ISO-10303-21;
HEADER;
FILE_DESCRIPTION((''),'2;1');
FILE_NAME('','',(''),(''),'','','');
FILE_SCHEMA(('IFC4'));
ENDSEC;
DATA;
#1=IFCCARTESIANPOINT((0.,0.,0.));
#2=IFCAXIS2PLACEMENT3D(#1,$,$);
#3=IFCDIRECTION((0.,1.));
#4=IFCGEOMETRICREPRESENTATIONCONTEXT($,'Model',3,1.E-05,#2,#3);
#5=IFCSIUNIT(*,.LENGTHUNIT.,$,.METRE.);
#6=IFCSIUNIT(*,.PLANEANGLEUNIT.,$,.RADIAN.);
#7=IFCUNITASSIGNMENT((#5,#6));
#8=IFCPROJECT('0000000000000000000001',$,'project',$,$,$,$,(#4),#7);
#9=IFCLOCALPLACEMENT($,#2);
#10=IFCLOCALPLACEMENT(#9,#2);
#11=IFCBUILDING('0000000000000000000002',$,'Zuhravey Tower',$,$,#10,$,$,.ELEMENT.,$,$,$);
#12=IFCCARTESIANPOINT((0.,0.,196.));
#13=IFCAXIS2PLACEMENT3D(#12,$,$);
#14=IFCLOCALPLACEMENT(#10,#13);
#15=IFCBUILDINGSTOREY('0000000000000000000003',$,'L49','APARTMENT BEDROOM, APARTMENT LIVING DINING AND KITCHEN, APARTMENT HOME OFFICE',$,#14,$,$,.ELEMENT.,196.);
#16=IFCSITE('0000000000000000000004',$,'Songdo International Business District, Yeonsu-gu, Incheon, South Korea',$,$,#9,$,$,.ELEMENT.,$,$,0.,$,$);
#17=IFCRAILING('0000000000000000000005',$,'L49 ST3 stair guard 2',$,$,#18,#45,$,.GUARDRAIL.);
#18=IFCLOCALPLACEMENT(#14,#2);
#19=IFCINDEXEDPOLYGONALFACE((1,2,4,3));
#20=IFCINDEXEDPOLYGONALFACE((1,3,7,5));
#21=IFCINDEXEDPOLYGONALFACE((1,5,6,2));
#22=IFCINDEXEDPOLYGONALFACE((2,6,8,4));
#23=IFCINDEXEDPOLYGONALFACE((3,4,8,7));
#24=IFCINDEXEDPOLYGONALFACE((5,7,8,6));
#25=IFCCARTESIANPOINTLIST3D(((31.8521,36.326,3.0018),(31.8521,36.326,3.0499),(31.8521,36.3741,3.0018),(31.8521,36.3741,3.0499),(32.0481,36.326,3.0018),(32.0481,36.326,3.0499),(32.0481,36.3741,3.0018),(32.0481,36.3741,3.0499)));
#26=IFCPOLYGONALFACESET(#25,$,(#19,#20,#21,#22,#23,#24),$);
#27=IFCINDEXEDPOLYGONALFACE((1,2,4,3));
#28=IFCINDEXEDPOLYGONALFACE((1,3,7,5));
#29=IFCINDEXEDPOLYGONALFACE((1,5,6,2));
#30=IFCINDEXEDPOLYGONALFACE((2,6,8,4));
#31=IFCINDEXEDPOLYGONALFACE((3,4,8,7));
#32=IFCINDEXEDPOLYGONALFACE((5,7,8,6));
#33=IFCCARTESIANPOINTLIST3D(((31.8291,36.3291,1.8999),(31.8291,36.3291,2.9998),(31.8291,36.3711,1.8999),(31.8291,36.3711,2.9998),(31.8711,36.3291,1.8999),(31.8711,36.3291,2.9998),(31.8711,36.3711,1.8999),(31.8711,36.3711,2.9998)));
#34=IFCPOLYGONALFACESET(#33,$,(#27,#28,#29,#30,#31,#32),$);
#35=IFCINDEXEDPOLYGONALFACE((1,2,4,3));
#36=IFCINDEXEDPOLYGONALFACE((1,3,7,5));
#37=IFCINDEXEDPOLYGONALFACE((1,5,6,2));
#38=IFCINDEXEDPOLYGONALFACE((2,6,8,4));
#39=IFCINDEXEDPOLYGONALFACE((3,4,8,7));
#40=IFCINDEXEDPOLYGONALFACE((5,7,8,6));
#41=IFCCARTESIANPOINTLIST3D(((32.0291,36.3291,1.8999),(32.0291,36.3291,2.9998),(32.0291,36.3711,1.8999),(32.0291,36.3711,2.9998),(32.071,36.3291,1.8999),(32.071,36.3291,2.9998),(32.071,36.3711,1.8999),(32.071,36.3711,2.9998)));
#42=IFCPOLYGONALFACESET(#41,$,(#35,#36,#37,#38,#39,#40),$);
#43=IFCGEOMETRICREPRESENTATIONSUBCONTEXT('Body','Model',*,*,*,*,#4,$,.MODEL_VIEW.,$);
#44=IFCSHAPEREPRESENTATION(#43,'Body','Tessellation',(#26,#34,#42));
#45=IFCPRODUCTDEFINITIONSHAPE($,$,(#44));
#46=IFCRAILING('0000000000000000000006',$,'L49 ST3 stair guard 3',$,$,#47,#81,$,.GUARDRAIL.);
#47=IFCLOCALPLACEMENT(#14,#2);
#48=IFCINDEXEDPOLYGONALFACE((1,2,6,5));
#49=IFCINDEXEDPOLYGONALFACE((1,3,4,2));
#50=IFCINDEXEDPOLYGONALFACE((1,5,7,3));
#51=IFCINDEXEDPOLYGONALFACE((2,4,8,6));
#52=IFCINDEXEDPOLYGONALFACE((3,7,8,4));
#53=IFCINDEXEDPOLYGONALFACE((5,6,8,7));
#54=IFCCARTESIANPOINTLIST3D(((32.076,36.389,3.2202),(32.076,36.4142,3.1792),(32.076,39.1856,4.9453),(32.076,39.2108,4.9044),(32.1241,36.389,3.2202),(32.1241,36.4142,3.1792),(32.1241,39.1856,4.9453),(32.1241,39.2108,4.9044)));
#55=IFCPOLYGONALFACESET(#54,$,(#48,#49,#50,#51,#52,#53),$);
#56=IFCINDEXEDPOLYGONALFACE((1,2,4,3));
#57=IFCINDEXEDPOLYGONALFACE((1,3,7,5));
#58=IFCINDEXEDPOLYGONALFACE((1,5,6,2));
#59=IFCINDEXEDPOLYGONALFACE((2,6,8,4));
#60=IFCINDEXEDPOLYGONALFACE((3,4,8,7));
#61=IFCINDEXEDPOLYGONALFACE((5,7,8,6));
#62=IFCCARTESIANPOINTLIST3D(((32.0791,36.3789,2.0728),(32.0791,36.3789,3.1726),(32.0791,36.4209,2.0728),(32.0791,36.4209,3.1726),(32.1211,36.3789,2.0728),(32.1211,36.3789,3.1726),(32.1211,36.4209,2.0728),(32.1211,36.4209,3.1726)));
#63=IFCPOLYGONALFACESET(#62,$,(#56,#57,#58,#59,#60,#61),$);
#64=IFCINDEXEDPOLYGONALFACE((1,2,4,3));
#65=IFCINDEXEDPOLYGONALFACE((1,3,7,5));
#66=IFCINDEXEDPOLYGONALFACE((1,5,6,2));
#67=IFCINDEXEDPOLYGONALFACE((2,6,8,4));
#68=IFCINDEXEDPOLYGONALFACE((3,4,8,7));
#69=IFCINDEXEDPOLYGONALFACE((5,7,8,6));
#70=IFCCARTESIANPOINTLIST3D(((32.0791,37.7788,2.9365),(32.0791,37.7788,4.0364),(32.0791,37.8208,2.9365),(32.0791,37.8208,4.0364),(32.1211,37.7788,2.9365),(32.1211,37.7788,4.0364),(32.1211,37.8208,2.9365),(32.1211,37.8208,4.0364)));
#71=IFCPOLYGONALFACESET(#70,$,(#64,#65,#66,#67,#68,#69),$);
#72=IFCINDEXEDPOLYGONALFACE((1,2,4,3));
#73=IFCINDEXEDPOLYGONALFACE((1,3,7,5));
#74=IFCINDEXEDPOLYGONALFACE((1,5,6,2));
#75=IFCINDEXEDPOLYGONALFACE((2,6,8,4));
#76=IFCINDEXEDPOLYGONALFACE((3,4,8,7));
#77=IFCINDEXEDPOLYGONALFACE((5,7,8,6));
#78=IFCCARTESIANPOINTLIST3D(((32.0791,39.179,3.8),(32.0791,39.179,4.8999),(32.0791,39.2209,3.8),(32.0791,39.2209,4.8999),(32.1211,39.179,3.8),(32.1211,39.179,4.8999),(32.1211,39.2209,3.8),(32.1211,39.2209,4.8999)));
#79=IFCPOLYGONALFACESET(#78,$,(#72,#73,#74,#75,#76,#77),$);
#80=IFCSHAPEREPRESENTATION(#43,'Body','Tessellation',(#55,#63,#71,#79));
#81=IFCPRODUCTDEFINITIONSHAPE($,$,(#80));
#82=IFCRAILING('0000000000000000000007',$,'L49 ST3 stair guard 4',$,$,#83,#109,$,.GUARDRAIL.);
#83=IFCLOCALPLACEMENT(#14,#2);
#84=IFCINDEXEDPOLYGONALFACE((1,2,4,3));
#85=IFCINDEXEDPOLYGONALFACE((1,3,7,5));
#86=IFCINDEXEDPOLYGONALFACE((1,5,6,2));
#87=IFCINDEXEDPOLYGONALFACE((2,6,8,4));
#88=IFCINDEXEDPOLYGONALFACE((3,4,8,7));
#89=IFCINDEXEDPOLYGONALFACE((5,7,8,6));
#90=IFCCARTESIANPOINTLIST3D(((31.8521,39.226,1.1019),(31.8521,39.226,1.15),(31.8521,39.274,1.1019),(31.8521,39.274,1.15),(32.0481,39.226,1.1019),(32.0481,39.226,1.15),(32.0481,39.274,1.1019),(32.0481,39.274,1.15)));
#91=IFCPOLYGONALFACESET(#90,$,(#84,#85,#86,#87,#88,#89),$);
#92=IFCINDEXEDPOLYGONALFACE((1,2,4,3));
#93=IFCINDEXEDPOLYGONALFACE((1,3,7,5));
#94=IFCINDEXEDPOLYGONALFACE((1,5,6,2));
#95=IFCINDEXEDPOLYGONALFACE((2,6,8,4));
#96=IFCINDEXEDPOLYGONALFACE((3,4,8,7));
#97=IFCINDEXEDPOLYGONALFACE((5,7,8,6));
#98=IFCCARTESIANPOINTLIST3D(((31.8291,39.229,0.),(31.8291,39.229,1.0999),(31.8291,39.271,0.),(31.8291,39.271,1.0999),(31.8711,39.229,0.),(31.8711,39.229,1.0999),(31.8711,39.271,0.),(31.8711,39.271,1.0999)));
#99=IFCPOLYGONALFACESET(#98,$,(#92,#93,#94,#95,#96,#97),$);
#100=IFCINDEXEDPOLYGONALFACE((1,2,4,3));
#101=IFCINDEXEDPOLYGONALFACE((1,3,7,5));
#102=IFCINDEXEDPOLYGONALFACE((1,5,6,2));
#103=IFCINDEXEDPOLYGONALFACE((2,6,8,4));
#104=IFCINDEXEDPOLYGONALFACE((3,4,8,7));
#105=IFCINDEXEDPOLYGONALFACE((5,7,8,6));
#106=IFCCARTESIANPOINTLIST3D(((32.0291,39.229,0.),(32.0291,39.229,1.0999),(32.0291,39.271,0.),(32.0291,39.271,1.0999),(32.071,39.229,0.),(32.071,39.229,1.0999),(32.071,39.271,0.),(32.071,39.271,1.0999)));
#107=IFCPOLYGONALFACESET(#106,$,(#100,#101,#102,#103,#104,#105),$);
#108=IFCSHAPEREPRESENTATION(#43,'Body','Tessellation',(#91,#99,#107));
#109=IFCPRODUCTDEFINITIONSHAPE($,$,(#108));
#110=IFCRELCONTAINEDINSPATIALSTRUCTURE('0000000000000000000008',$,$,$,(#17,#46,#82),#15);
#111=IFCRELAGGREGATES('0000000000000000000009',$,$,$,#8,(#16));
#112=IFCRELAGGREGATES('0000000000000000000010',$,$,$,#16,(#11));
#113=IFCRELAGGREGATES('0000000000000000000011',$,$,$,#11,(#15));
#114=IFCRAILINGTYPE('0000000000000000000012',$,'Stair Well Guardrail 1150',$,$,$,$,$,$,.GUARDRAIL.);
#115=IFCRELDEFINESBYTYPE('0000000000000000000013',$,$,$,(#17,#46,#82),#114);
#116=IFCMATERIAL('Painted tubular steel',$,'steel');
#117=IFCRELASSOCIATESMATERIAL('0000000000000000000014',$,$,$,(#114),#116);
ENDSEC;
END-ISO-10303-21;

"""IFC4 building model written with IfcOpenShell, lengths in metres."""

from ifc_helpers import new_model, si_unit, direction, frame, origin, origin_2d, place, context, subcontext, project, spatial, rectangle, extrude, material, type_object, element, save


model = new_model("IFC4")

# Units and contexts
model_context = context("Model", 3, precision=1e-05, world=origin(), true_north=direction((0.0, 1.0)))
body_context = subcontext(model_context, "Body", "Model", "MODEL_VIEW")
ifc_project = project(units=[si_unit("LENGTHUNIT", "METRE"), si_unit("PLANEANGLEUNIT", "RADIAN")], contexts=[model_context])

# Site, building, storey
site_placement = place(None, origin())
site = spatial("IfcSite", under=ifc_project, at=site_placement, Name="Songdo International Business District, Yeonsu-gu, Incheon, South Korea", CompositionType="ELEMENT", RefElevation=0.0)
building_placement = place(site_placement, origin())
building = spatial("IfcBuilding", under=site, at=building_placement, Name="Zuhravey Tower", CompositionType="ELEMENT")
storey_placement = place(building_placement, frame((0.0, 0.0, 196.0)))
storey = spatial("IfcBuildingStorey", under=building, at=storey_placement, Name="L49", Description="APARTMENT BEDROOM, APARTMENT LIVING DINING AND KITCHEN, APARTMENT HOME OFFICE", CompositionType="ELEMENT", Elevation=196.0)

# Railings
ifc_material_1 = material(Name="Painted tubular steel", Category="steel")
railing_type_1 = type_object("IfcRailingType", Name="Stair Well Guardrail 1150", PredefinedType="GUARDRAIL", material=ifc_material_1)
railing_1_placement = place(storey_placement, frame((31.8501, 36.3501, 1.8999)))
element("IfcRailing", 1, at=railing_1_placement, inside=storey, type_object=railing_type_1, Name="L49 ST3 stair guard 2", PredefinedType="GUARDRAIL", context=body_context, shape_type="SweptSolid", body=[
    extrude(rectangle(XDim=0.0481, YDim=0.0481, at=origin_2d()), frame((0.002, 0.0, 1.126), z_axis=(1.0, 0.0, 0.0), x_axis=(0.0, 1.0, 0.0)), (0.0, 0.0, 1.0), 0.196),
    extrude(rectangle(XDim=0.042, YDim=0.042, at=origin_2d()), origin(), (0.0, 0.0, 1.0), 1.0999),
    extrude(rectangle(XDim=0.042, YDim=0.042, at=origin_2d()), frame((0.2, 0.0, 0.0)), (0.0, 0.0, 1.0), 1.0999),
])
railing_2_placement = place(storey_placement, frame((32.1001, 36.3999, 2.0728)))
element("IfcRailing", 2, at=railing_2_placement, inside=storey, type_object=railing_type_1, Name="L49 ST3 stair guard 3", PredefinedType="GUARDRAIL", context=body_context, shape_type="SweptSolid", body=[
    extrude(rectangle(XDim=0.0481, YDim=0.0481, at=origin_2d()), frame((0.0, 0.0017, 1.127), z_axis=(0.0, 0.85109, 0.52502), x_axis=(-1.0, 0.0, 0.0)), (0.0, 0.0, 1.0), 3.2859),
    extrude(rectangle(XDim=0.042, YDim=0.042, at=origin_2d()), origin(), (0.0, 0.0, 1.0), 1.0999),
    extrude(rectangle(XDim=0.042, YDim=0.042, at=origin_2d()), frame((0.0, 1.3999, 0.8638)), (0.0, 0.0, 1.0), 1.0999),
    extrude(rectangle(XDim=0.042, YDim=0.042, at=origin_2d()), frame((0.0, 2.8, 1.7273)), (0.0, 0.0, 1.0), 1.0999),
])
railing_3_placement = place(storey_placement, frame((31.8501, 39.25, 0.0)))
element("IfcRailing", 3, at=railing_3_placement, inside=storey, type_object=railing_type_1, Name="L49 ST3 stair guard 4", PredefinedType="GUARDRAIL", context=body_context, shape_type="SweptSolid", body=[
    extrude(rectangle(XDim=0.0481, YDim=0.0481, at=origin_2d()), frame((0.002, 0.0, 1.126), z_axis=(1.0, 0.0, 0.0), x_axis=(0.0, 1.0, 0.0)), (0.0, 0.0, 1.0), 0.196),
    extrude(rectangle(XDim=0.042, YDim=0.042, at=origin_2d()), origin(), (0.0, 0.0, 1.0), 1.0999),
    extrude(rectangle(XDim=0.042, YDim=0.042, at=origin_2d()), frame((0.2, 0.0, 0.0)), (0.0, 0.0, 1.0), 1.0999),
])

save(model, "model.ifc")
